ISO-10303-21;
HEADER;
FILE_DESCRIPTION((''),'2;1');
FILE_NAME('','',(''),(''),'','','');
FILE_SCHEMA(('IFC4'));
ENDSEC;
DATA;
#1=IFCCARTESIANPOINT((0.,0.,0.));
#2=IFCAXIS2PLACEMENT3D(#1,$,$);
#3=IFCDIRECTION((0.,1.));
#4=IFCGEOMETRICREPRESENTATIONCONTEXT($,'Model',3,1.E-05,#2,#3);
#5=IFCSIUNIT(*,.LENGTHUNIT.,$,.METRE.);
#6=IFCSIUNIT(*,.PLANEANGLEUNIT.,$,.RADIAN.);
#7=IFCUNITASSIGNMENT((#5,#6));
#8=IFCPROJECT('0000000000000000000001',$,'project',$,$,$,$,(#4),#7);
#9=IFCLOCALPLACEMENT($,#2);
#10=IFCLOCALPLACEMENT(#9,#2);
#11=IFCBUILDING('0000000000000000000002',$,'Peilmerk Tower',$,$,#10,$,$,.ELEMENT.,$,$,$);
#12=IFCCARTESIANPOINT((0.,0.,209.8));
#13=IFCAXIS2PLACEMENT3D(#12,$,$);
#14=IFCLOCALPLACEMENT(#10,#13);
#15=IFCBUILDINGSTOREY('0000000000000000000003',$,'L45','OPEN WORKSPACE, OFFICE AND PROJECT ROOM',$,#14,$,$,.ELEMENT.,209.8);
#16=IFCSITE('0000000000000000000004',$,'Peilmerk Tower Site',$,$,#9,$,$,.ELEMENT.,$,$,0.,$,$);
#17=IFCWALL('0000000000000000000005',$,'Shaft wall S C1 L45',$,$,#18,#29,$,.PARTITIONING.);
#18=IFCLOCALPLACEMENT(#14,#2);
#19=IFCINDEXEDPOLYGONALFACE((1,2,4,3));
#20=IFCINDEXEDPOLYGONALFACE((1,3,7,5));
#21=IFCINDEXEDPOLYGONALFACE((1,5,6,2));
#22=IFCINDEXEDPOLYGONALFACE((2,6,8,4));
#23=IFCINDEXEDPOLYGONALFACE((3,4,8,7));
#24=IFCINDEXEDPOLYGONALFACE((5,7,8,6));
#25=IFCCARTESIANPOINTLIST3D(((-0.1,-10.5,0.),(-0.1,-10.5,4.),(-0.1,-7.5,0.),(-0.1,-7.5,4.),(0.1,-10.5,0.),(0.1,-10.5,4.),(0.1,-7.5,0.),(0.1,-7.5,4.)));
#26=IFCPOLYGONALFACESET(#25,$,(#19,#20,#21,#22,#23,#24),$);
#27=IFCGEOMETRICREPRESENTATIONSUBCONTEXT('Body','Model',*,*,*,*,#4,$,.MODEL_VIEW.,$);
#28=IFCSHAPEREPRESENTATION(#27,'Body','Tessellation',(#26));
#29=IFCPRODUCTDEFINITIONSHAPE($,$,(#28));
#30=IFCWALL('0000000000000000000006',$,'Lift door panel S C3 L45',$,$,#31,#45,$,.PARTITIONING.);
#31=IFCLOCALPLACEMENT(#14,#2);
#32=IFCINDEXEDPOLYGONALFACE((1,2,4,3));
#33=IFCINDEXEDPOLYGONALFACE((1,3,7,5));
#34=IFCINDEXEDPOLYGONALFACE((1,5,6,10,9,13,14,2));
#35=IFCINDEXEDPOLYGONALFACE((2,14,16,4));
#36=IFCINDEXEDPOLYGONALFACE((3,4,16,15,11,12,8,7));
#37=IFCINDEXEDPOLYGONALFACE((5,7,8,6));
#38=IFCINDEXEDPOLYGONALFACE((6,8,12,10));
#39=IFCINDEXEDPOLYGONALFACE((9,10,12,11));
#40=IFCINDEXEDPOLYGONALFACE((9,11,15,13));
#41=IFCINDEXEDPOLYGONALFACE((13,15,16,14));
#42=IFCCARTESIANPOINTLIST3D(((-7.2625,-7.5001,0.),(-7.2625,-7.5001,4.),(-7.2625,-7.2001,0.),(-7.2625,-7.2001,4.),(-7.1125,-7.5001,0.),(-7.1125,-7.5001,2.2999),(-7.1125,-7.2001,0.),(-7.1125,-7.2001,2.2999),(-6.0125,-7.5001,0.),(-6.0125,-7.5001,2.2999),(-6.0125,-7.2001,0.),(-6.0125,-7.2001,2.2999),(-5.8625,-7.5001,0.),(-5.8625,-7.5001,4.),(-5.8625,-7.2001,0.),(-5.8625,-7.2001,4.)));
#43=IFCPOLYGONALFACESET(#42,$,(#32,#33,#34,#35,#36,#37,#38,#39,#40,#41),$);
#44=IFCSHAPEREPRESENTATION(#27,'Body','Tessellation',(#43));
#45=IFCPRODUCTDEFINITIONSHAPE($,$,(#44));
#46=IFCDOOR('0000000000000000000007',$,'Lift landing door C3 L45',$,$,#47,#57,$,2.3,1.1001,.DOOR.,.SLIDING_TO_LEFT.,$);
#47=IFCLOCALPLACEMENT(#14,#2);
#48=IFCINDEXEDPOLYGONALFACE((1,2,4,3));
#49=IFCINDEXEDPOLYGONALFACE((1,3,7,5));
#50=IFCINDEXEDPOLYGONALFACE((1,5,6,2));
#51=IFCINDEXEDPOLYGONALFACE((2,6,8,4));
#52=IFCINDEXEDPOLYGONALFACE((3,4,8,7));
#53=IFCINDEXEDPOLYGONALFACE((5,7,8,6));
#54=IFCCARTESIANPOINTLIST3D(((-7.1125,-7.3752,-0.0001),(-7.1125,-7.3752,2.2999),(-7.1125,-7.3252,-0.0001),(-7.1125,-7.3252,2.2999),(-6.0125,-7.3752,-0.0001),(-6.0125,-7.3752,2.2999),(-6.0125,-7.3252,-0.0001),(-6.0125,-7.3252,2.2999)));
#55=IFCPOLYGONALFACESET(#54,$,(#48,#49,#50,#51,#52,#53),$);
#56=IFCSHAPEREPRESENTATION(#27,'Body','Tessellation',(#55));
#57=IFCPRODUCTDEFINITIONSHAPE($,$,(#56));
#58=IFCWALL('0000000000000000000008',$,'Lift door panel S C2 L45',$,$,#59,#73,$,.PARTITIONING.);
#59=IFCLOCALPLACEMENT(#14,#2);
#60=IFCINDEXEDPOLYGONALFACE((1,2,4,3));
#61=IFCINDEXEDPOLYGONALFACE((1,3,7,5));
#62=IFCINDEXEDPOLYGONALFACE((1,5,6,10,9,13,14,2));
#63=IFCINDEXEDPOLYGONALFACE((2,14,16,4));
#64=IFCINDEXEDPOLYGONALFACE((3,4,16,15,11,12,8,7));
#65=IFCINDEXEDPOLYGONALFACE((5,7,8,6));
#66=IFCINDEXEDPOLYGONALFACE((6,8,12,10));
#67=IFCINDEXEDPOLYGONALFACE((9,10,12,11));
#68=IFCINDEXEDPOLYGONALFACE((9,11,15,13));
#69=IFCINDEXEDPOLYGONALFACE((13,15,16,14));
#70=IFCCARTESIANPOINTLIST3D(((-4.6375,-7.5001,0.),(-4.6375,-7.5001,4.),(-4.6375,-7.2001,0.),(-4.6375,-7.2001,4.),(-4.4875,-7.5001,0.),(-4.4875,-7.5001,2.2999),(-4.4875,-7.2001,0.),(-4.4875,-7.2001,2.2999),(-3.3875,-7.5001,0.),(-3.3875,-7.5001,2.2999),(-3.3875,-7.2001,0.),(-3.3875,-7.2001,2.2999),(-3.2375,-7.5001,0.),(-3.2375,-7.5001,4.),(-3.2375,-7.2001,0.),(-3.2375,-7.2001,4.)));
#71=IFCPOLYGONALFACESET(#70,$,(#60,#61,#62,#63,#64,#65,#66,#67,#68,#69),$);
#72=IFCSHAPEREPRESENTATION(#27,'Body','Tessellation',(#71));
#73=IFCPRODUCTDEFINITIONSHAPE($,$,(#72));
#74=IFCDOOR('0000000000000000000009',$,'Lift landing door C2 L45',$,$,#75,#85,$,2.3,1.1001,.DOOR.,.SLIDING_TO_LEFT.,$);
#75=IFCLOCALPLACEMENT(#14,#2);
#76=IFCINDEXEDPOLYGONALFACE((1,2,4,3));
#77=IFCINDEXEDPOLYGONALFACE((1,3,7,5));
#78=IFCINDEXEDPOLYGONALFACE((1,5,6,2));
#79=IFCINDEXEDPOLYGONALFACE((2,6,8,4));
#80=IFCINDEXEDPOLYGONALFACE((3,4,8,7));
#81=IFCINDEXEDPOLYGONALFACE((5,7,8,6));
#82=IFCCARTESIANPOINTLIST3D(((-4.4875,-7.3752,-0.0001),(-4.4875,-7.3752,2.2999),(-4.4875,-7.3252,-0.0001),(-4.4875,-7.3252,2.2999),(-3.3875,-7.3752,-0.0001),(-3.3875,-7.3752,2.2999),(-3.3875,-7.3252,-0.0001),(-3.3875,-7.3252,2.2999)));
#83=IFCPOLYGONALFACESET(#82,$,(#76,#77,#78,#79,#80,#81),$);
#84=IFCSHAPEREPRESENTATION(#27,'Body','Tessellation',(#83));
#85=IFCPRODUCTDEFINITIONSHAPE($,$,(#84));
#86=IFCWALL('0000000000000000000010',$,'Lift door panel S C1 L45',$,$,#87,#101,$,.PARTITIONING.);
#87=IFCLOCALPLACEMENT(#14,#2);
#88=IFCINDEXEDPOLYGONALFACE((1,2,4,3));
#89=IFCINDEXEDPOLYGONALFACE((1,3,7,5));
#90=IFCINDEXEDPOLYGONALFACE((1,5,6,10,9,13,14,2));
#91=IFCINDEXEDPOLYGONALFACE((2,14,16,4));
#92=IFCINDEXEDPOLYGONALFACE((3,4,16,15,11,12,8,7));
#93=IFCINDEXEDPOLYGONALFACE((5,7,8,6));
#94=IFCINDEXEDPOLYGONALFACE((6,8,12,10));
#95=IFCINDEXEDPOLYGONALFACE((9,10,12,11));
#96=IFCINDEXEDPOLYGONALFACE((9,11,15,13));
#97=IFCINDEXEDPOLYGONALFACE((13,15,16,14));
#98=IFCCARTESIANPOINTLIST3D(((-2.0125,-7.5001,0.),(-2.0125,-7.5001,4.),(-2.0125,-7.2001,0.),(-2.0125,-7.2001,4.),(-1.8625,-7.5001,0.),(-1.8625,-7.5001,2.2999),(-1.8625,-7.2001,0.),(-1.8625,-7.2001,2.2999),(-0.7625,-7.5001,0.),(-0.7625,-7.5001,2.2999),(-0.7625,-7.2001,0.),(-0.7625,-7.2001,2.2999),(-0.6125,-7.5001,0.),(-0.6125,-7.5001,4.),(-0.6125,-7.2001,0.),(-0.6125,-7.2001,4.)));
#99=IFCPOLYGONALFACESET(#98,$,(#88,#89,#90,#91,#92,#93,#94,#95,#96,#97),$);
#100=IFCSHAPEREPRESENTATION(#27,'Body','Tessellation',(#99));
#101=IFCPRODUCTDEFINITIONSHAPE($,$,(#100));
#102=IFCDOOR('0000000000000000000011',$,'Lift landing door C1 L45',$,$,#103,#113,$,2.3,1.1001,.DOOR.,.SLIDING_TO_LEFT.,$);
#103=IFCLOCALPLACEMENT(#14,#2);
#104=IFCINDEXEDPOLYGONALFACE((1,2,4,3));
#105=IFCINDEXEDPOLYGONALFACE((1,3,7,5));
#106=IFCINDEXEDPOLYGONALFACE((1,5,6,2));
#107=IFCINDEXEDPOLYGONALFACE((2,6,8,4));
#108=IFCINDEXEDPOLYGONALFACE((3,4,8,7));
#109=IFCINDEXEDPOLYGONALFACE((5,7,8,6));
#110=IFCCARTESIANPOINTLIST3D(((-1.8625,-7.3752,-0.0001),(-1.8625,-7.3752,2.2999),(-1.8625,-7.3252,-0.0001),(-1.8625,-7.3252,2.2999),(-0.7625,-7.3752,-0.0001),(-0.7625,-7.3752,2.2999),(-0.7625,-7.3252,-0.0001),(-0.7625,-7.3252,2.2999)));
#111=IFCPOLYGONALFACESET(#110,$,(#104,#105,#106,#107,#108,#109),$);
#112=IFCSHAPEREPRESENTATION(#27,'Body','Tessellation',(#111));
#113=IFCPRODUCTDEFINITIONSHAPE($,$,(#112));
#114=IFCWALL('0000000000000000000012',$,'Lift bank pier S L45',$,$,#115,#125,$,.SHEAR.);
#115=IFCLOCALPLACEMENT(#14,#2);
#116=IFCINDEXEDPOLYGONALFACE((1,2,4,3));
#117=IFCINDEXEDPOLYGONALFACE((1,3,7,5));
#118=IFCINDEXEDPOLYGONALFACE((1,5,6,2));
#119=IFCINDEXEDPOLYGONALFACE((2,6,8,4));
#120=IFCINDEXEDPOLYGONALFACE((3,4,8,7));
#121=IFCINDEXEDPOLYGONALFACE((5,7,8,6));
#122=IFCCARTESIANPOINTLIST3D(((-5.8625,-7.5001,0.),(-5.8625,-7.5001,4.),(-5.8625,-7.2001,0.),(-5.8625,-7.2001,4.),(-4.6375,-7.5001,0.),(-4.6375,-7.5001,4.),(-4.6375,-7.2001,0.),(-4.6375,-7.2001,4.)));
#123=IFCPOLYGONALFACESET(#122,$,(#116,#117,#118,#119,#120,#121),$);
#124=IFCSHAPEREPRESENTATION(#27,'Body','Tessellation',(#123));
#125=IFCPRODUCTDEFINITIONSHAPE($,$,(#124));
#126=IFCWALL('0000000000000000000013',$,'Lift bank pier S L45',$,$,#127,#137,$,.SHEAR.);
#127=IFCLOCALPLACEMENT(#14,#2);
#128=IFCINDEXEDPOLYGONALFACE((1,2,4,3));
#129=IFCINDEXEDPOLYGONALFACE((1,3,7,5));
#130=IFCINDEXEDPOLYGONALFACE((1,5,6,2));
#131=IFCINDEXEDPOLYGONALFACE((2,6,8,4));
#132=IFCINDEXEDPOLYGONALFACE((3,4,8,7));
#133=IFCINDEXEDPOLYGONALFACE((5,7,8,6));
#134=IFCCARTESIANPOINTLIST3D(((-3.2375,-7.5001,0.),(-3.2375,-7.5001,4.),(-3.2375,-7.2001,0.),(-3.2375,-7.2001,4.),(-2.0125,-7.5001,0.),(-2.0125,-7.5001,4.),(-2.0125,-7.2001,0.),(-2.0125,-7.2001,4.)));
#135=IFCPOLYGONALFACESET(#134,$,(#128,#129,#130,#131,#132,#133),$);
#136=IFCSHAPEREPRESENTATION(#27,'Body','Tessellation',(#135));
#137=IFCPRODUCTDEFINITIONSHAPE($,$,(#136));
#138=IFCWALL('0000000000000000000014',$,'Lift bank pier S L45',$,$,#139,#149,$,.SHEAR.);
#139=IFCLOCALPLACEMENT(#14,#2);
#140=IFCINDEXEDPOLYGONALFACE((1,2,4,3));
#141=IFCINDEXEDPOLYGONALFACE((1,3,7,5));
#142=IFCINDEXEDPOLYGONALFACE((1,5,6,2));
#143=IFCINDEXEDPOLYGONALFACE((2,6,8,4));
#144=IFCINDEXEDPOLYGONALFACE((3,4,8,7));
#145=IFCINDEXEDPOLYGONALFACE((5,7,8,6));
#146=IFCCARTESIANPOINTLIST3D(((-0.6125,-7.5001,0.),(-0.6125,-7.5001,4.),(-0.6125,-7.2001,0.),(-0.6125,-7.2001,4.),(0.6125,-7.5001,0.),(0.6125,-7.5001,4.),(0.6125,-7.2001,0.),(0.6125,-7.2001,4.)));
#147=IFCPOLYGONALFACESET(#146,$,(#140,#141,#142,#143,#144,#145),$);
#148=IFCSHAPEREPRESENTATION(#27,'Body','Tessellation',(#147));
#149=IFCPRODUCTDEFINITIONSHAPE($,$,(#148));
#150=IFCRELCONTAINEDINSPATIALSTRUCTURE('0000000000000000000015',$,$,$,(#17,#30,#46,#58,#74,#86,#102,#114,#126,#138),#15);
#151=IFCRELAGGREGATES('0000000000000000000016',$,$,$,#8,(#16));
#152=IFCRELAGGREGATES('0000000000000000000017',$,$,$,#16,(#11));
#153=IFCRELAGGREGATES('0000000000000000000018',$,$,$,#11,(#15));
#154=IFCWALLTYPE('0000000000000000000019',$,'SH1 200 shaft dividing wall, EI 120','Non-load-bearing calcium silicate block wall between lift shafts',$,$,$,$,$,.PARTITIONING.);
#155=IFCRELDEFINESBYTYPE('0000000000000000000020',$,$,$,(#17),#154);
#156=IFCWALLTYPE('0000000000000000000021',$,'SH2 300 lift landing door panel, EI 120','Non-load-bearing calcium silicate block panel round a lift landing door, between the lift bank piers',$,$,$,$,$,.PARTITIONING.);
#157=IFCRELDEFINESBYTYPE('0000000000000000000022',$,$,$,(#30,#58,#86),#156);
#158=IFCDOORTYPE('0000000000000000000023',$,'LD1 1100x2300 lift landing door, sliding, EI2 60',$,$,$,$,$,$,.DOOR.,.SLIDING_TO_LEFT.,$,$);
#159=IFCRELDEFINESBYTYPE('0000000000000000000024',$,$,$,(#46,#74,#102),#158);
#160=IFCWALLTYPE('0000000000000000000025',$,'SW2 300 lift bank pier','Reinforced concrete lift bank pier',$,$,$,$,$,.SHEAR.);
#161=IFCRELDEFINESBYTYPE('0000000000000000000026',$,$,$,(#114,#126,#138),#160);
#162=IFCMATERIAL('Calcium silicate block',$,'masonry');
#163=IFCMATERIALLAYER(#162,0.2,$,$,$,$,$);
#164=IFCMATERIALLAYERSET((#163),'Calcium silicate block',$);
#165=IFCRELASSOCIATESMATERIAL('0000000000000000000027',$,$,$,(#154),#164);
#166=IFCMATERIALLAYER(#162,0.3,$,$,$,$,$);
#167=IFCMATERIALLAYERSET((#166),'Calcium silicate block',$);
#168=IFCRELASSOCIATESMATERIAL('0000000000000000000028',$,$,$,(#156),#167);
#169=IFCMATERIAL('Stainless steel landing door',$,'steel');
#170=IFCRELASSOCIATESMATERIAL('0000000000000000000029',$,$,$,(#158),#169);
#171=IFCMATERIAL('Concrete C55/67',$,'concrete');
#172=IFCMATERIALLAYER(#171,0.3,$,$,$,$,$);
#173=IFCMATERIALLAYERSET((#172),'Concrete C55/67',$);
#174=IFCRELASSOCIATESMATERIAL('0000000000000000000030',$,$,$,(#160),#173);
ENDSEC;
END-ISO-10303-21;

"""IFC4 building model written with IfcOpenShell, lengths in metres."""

from ifc_helpers import new_model, si_unit, direction, frame, frame_2d, origin, place, context, subcontext, project, spatial, rectangle, extrude, material, layer, layer_set, type_object, element, fill, save


model = new_model("IFC4")

# Units and contexts
model_context = context("Model", 3, precision=1e-05, world=origin(), true_north=direction((0.0, 1.0)))
body_context = subcontext(model_context, "Body", "Model", "MODEL_VIEW")
ifc_project = project(units=[si_unit("LENGTHUNIT", "METRE"), si_unit("PLANEANGLEUNIT", "RADIAN")], contexts=[model_context])

# Site, building, storey
site_placement = place(None, origin())
site = spatial("IfcSite", under=ifc_project, at=site_placement, Name="Peilmerk Tower Site", CompositionType="ELEMENT", RefElevation=0.0)
building_placement = place(site_placement, origin())
building = spatial("IfcBuilding", under=site, at=building_placement, Name="Peilmerk Tower", CompositionType="ELEMENT")
storey_placement = place(building_placement, frame((0.0, 0.0, 209.8)))
storey = spatial("IfcBuildingStorey", under=building, at=storey_placement, Name="L45", Description="OPEN WORKSPACE, OFFICE AND PROJECT ROOM", CompositionType="ELEMENT", Elevation=209.8)

# Wall
ifc_material_1 = material(Name="Calcium silicate block", Category="masonry")
ifc_layer_1 = layer(ifc_material_1, 0.2)
ifc_layer_set_1 = layer_set([ifc_layer_1], Name="Calcium silicate block")
wall_type_1 = type_object("IfcWallType", Name="SH1 200 shaft dividing wall, EI 120", Description="Non-load-bearing calcium silicate block wall between lift shafts", PredefinedType="PARTITIONING", material=ifc_layer_set_1)
for number, where, z_axis, x_axis, name in (
    (1, (0.0, -10.5, 0.0), (0.0, 0.0, 1.0), (0.0, 1.0, 0.0), "Shaft wall S C1 L45"),
):
    element("IfcWall", number, at=place(storey_placement, frame(where, z_axis=z_axis, x_axis=x_axis)), inside=storey, type_object=wall_type_1, Name=name, PredefinedType="PARTITIONING", context=body_context, shape_type="SweptSolid", body=[
        extrude(rectangle(XDim=3.0, YDim=0.2, at=frame_2d((1.5, 0.0))), origin(), (0.0, 0.0, 1.0), 4.0),
    ])

# Walls, openings, doors
ifc_layer_2 = layer(ifc_material_1, 0.3)
ifc_layer_set_2 = layer_set([ifc_layer_2], Name="Calcium silicate block")
wall_type_2 = type_object("IfcWallType", Name="SH2 300 lift landing door panel, EI 120", Description="Non-load-bearing calcium silicate block panel round a lift landing door, between the lift bank piers", PredefinedType="PARTITIONING", material=ifc_layer_set_2)
wall_1_placement = place(storey_placement, frame((-7.2625, -7.3501, 0.0), z_axis=(0.0, 0.0, 1.0), x_axis=(1.0, 0.0, 0.0)))
wall_1 = element("IfcWall", 2, at=wall_1_placement, inside=storey, type_object=wall_type_2, Name="Lift door panel S C3 L45", PredefinedType="PARTITIONING", context=body_context, shape_type="SweptSolid", body=[
    extrude(rectangle(XDim=1.3999, YDim=0.3, at=frame_2d((0.7, 0.0))), origin(), (0.0, 0.0, 1.0), 4.0),
])
opening_1_placement = place(wall_1_placement, frame((0.1499, 0.0, 0.0)))
opening_1 = element("IfcOpeningElement", 3, at=opening_1_placement, cuts=wall_1, PredefinedType="OPENING", context=body_context, shape_type="SweptSolid", body=[
    extrude(rectangle(XDim=1.1001, YDim=2.3, at=frame_2d((0.55, 1.1499))), frame((0.0, 0.1599, 0.0), z_axis=(0.0, -1.0, 0.0), x_axis=(1.0, 0.0, 0.0)), (0.0, 0.0, 1.0), 0.3201),
])
ifc_material_2 = material(Name="Stainless steel landing door", Category="steel")
door_type = type_object("IfcDoorType", Name="LD1 1100x2300 lift landing door, sliding, EI2 60", OperationType="SLIDING_TO_LEFT", PredefinedType="DOOR", material=ifc_material_2)
door_1_placement = place(opening_1_placement, origin())
door_1 = element("IfcDoor", 4, at=door_1_placement, inside=storey, type_object=door_type, Name="Lift landing door C3 L45", OperationType="SLIDING_TO_LEFT", OverallHeight=2.3, OverallWidth=1.1001, PredefinedType="DOOR", context=body_context, shape_type="SweptSolid", body=[
    extrude(rectangle(XDim=1.1001, YDim=2.3, at=frame_2d((0.55, 1.1499))), frame((0.0, 0.0249, 0.0), z_axis=(0.0, -1.0, 0.0), x_axis=(1.0, 0.0, 0.0)), (0.0, 0.0, 1.0), 0.05),
])
fill(opening_1, door_1)
wall_2_placement = place(storey_placement, frame((-4.6375, -7.3501, 0.0), z_axis=(0.0, 0.0, 1.0), x_axis=(1.0, 0.0, 0.0)))
wall_2 = element("IfcWall", 5, at=wall_2_placement, inside=storey, type_object=wall_type_2, Name="Lift door panel S C2 L45", PredefinedType="PARTITIONING", context=body_context, shape_type="SweptSolid", body=[
    extrude(rectangle(XDim=1.3999, YDim=0.3, at=frame_2d((0.7, 0.0))), origin(), (0.0, 0.0, 1.0), 4.0),
])
opening_2_placement = place(wall_2_placement, frame((0.1499, 0.0, 0.0)))
opening_2 = element("IfcOpeningElement", 6, at=opening_2_placement, cuts=wall_2, PredefinedType="OPENING", context=body_context, shape_type="SweptSolid", body=[
    extrude(rectangle(XDim=1.1001, YDim=2.3, at=frame_2d((0.55, 1.1499))), frame((0.0, 0.1599, 0.0), z_axis=(0.0, -1.0, 0.0), x_axis=(1.0, 0.0, 0.0)), (0.0, 0.0, 1.0), 0.3201),
])
door_2_placement = place(opening_2_placement, origin())
door_2 = element("IfcDoor", 7, at=door_2_placement, inside=storey, type_object=door_type, Name="Lift landing door C2 L45", OperationType="SLIDING_TO_LEFT", OverallHeight=2.3, OverallWidth=1.1001, PredefinedType="DOOR", context=body_context, shape_type="SweptSolid", body=[
    extrude(rectangle(XDim=1.1001, YDim=2.3, at=frame_2d((0.55, 1.1499))), frame((0.0, 0.0249, 0.0), z_axis=(0.0, -1.0, 0.0), x_axis=(1.0, 0.0, 0.0)), (0.0, 0.0, 1.0), 0.05),
])
fill(opening_2, door_2)
wall_3_placement = place(storey_placement, frame((-2.0125, -7.3501, 0.0), z_axis=(0.0, 0.0, 1.0), x_axis=(1.0, 0.0, 0.0)))
wall_3 = element("IfcWall", 8, at=wall_3_placement, inside=storey, type_object=wall_type_2, Name="Lift door panel S C1 L45", PredefinedType="PARTITIONING", context=body_context, shape_type="SweptSolid", body=[
    extrude(rectangle(XDim=1.3999, YDim=0.3, at=frame_2d((0.7, 0.0))), origin(), (0.0, 0.0, 1.0), 4.0),
])
opening_3_placement = place(wall_3_placement, frame((0.1499, 0.0, 0.0)))
opening_3 = element("IfcOpeningElement", 9, at=opening_3_placement, cuts=wall_3, PredefinedType="OPENING", context=body_context, shape_type="SweptSolid", body=[
    extrude(rectangle(XDim=1.1001, YDim=2.3, at=frame_2d((0.55, 1.1499))), frame((0.0, 0.1599, 0.0), z_axis=(0.0, -1.0, 0.0), x_axis=(1.0, 0.0, 0.0)), (0.0, 0.0, 1.0), 0.3201),
])
door_3_placement = place(opening_3_placement, origin())
door_3 = element("IfcDoor", 10, at=door_3_placement, inside=storey, type_object=door_type, Name="Lift landing door C1 L45", OperationType="SLIDING_TO_LEFT", OverallHeight=2.3, OverallWidth=1.1001, PredefinedType="DOOR", context=body_context, shape_type="SweptSolid", body=[
    extrude(rectangle(XDim=1.1001, YDim=2.3, at=frame_2d((0.55, 1.1499))), frame((0.0, 0.0249, 0.0), z_axis=(0.0, -1.0, 0.0), x_axis=(1.0, 0.0, 0.0)), (0.0, 0.0, 1.0), 0.05),
])
fill(opening_3, door_3)

# Walls
ifc_material_3 = material(Name="Concrete C55/67", Category="concrete")
ifc_layer_3 = layer(ifc_material_3, 0.3)
ifc_layer_set_3 = layer_set([ifc_layer_3], Name="Concrete C55/67")
wall_type_3 = type_object("IfcWallType", Name="SW2 300 lift bank pier", Description="Reinforced concrete lift bank pier", PredefinedType="SHEAR", material=ifc_layer_set_3)
for number, where, z_axis, x_axis, name in (
    (11, (-5.8625, -7.3501, 0.0), (0.0, 0.0, 1.0), (1.0, 0.0, 0.0), "Lift bank pier S L45"),
    (12, (-3.2375, -7.3501, 0.0), (0.0, 0.0, 1.0), (1.0, 0.0, 0.0), "Lift bank pier S L45"),
    (13, (-0.6125, -7.3501, 0.0), (0.0, 0.0, 1.0), (1.0, 0.0, 0.0), "Lift bank pier S L45"),
):
    element("IfcWall", number, at=place(storey_placement, frame(where, z_axis=z_axis, x_axis=x_axis)), inside=storey, type_object=wall_type_3, Name=name, PredefinedType="SHEAR", context=body_context, shape_type="SweptSolid", body=[
        extrude(rectangle(XDim=1.2251, YDim=0.3, at=frame_2d((0.6125, 0.0))), origin(), (0.0, 0.0, 1.0), 4.0),
    ])

save(model, "model.ifc")
